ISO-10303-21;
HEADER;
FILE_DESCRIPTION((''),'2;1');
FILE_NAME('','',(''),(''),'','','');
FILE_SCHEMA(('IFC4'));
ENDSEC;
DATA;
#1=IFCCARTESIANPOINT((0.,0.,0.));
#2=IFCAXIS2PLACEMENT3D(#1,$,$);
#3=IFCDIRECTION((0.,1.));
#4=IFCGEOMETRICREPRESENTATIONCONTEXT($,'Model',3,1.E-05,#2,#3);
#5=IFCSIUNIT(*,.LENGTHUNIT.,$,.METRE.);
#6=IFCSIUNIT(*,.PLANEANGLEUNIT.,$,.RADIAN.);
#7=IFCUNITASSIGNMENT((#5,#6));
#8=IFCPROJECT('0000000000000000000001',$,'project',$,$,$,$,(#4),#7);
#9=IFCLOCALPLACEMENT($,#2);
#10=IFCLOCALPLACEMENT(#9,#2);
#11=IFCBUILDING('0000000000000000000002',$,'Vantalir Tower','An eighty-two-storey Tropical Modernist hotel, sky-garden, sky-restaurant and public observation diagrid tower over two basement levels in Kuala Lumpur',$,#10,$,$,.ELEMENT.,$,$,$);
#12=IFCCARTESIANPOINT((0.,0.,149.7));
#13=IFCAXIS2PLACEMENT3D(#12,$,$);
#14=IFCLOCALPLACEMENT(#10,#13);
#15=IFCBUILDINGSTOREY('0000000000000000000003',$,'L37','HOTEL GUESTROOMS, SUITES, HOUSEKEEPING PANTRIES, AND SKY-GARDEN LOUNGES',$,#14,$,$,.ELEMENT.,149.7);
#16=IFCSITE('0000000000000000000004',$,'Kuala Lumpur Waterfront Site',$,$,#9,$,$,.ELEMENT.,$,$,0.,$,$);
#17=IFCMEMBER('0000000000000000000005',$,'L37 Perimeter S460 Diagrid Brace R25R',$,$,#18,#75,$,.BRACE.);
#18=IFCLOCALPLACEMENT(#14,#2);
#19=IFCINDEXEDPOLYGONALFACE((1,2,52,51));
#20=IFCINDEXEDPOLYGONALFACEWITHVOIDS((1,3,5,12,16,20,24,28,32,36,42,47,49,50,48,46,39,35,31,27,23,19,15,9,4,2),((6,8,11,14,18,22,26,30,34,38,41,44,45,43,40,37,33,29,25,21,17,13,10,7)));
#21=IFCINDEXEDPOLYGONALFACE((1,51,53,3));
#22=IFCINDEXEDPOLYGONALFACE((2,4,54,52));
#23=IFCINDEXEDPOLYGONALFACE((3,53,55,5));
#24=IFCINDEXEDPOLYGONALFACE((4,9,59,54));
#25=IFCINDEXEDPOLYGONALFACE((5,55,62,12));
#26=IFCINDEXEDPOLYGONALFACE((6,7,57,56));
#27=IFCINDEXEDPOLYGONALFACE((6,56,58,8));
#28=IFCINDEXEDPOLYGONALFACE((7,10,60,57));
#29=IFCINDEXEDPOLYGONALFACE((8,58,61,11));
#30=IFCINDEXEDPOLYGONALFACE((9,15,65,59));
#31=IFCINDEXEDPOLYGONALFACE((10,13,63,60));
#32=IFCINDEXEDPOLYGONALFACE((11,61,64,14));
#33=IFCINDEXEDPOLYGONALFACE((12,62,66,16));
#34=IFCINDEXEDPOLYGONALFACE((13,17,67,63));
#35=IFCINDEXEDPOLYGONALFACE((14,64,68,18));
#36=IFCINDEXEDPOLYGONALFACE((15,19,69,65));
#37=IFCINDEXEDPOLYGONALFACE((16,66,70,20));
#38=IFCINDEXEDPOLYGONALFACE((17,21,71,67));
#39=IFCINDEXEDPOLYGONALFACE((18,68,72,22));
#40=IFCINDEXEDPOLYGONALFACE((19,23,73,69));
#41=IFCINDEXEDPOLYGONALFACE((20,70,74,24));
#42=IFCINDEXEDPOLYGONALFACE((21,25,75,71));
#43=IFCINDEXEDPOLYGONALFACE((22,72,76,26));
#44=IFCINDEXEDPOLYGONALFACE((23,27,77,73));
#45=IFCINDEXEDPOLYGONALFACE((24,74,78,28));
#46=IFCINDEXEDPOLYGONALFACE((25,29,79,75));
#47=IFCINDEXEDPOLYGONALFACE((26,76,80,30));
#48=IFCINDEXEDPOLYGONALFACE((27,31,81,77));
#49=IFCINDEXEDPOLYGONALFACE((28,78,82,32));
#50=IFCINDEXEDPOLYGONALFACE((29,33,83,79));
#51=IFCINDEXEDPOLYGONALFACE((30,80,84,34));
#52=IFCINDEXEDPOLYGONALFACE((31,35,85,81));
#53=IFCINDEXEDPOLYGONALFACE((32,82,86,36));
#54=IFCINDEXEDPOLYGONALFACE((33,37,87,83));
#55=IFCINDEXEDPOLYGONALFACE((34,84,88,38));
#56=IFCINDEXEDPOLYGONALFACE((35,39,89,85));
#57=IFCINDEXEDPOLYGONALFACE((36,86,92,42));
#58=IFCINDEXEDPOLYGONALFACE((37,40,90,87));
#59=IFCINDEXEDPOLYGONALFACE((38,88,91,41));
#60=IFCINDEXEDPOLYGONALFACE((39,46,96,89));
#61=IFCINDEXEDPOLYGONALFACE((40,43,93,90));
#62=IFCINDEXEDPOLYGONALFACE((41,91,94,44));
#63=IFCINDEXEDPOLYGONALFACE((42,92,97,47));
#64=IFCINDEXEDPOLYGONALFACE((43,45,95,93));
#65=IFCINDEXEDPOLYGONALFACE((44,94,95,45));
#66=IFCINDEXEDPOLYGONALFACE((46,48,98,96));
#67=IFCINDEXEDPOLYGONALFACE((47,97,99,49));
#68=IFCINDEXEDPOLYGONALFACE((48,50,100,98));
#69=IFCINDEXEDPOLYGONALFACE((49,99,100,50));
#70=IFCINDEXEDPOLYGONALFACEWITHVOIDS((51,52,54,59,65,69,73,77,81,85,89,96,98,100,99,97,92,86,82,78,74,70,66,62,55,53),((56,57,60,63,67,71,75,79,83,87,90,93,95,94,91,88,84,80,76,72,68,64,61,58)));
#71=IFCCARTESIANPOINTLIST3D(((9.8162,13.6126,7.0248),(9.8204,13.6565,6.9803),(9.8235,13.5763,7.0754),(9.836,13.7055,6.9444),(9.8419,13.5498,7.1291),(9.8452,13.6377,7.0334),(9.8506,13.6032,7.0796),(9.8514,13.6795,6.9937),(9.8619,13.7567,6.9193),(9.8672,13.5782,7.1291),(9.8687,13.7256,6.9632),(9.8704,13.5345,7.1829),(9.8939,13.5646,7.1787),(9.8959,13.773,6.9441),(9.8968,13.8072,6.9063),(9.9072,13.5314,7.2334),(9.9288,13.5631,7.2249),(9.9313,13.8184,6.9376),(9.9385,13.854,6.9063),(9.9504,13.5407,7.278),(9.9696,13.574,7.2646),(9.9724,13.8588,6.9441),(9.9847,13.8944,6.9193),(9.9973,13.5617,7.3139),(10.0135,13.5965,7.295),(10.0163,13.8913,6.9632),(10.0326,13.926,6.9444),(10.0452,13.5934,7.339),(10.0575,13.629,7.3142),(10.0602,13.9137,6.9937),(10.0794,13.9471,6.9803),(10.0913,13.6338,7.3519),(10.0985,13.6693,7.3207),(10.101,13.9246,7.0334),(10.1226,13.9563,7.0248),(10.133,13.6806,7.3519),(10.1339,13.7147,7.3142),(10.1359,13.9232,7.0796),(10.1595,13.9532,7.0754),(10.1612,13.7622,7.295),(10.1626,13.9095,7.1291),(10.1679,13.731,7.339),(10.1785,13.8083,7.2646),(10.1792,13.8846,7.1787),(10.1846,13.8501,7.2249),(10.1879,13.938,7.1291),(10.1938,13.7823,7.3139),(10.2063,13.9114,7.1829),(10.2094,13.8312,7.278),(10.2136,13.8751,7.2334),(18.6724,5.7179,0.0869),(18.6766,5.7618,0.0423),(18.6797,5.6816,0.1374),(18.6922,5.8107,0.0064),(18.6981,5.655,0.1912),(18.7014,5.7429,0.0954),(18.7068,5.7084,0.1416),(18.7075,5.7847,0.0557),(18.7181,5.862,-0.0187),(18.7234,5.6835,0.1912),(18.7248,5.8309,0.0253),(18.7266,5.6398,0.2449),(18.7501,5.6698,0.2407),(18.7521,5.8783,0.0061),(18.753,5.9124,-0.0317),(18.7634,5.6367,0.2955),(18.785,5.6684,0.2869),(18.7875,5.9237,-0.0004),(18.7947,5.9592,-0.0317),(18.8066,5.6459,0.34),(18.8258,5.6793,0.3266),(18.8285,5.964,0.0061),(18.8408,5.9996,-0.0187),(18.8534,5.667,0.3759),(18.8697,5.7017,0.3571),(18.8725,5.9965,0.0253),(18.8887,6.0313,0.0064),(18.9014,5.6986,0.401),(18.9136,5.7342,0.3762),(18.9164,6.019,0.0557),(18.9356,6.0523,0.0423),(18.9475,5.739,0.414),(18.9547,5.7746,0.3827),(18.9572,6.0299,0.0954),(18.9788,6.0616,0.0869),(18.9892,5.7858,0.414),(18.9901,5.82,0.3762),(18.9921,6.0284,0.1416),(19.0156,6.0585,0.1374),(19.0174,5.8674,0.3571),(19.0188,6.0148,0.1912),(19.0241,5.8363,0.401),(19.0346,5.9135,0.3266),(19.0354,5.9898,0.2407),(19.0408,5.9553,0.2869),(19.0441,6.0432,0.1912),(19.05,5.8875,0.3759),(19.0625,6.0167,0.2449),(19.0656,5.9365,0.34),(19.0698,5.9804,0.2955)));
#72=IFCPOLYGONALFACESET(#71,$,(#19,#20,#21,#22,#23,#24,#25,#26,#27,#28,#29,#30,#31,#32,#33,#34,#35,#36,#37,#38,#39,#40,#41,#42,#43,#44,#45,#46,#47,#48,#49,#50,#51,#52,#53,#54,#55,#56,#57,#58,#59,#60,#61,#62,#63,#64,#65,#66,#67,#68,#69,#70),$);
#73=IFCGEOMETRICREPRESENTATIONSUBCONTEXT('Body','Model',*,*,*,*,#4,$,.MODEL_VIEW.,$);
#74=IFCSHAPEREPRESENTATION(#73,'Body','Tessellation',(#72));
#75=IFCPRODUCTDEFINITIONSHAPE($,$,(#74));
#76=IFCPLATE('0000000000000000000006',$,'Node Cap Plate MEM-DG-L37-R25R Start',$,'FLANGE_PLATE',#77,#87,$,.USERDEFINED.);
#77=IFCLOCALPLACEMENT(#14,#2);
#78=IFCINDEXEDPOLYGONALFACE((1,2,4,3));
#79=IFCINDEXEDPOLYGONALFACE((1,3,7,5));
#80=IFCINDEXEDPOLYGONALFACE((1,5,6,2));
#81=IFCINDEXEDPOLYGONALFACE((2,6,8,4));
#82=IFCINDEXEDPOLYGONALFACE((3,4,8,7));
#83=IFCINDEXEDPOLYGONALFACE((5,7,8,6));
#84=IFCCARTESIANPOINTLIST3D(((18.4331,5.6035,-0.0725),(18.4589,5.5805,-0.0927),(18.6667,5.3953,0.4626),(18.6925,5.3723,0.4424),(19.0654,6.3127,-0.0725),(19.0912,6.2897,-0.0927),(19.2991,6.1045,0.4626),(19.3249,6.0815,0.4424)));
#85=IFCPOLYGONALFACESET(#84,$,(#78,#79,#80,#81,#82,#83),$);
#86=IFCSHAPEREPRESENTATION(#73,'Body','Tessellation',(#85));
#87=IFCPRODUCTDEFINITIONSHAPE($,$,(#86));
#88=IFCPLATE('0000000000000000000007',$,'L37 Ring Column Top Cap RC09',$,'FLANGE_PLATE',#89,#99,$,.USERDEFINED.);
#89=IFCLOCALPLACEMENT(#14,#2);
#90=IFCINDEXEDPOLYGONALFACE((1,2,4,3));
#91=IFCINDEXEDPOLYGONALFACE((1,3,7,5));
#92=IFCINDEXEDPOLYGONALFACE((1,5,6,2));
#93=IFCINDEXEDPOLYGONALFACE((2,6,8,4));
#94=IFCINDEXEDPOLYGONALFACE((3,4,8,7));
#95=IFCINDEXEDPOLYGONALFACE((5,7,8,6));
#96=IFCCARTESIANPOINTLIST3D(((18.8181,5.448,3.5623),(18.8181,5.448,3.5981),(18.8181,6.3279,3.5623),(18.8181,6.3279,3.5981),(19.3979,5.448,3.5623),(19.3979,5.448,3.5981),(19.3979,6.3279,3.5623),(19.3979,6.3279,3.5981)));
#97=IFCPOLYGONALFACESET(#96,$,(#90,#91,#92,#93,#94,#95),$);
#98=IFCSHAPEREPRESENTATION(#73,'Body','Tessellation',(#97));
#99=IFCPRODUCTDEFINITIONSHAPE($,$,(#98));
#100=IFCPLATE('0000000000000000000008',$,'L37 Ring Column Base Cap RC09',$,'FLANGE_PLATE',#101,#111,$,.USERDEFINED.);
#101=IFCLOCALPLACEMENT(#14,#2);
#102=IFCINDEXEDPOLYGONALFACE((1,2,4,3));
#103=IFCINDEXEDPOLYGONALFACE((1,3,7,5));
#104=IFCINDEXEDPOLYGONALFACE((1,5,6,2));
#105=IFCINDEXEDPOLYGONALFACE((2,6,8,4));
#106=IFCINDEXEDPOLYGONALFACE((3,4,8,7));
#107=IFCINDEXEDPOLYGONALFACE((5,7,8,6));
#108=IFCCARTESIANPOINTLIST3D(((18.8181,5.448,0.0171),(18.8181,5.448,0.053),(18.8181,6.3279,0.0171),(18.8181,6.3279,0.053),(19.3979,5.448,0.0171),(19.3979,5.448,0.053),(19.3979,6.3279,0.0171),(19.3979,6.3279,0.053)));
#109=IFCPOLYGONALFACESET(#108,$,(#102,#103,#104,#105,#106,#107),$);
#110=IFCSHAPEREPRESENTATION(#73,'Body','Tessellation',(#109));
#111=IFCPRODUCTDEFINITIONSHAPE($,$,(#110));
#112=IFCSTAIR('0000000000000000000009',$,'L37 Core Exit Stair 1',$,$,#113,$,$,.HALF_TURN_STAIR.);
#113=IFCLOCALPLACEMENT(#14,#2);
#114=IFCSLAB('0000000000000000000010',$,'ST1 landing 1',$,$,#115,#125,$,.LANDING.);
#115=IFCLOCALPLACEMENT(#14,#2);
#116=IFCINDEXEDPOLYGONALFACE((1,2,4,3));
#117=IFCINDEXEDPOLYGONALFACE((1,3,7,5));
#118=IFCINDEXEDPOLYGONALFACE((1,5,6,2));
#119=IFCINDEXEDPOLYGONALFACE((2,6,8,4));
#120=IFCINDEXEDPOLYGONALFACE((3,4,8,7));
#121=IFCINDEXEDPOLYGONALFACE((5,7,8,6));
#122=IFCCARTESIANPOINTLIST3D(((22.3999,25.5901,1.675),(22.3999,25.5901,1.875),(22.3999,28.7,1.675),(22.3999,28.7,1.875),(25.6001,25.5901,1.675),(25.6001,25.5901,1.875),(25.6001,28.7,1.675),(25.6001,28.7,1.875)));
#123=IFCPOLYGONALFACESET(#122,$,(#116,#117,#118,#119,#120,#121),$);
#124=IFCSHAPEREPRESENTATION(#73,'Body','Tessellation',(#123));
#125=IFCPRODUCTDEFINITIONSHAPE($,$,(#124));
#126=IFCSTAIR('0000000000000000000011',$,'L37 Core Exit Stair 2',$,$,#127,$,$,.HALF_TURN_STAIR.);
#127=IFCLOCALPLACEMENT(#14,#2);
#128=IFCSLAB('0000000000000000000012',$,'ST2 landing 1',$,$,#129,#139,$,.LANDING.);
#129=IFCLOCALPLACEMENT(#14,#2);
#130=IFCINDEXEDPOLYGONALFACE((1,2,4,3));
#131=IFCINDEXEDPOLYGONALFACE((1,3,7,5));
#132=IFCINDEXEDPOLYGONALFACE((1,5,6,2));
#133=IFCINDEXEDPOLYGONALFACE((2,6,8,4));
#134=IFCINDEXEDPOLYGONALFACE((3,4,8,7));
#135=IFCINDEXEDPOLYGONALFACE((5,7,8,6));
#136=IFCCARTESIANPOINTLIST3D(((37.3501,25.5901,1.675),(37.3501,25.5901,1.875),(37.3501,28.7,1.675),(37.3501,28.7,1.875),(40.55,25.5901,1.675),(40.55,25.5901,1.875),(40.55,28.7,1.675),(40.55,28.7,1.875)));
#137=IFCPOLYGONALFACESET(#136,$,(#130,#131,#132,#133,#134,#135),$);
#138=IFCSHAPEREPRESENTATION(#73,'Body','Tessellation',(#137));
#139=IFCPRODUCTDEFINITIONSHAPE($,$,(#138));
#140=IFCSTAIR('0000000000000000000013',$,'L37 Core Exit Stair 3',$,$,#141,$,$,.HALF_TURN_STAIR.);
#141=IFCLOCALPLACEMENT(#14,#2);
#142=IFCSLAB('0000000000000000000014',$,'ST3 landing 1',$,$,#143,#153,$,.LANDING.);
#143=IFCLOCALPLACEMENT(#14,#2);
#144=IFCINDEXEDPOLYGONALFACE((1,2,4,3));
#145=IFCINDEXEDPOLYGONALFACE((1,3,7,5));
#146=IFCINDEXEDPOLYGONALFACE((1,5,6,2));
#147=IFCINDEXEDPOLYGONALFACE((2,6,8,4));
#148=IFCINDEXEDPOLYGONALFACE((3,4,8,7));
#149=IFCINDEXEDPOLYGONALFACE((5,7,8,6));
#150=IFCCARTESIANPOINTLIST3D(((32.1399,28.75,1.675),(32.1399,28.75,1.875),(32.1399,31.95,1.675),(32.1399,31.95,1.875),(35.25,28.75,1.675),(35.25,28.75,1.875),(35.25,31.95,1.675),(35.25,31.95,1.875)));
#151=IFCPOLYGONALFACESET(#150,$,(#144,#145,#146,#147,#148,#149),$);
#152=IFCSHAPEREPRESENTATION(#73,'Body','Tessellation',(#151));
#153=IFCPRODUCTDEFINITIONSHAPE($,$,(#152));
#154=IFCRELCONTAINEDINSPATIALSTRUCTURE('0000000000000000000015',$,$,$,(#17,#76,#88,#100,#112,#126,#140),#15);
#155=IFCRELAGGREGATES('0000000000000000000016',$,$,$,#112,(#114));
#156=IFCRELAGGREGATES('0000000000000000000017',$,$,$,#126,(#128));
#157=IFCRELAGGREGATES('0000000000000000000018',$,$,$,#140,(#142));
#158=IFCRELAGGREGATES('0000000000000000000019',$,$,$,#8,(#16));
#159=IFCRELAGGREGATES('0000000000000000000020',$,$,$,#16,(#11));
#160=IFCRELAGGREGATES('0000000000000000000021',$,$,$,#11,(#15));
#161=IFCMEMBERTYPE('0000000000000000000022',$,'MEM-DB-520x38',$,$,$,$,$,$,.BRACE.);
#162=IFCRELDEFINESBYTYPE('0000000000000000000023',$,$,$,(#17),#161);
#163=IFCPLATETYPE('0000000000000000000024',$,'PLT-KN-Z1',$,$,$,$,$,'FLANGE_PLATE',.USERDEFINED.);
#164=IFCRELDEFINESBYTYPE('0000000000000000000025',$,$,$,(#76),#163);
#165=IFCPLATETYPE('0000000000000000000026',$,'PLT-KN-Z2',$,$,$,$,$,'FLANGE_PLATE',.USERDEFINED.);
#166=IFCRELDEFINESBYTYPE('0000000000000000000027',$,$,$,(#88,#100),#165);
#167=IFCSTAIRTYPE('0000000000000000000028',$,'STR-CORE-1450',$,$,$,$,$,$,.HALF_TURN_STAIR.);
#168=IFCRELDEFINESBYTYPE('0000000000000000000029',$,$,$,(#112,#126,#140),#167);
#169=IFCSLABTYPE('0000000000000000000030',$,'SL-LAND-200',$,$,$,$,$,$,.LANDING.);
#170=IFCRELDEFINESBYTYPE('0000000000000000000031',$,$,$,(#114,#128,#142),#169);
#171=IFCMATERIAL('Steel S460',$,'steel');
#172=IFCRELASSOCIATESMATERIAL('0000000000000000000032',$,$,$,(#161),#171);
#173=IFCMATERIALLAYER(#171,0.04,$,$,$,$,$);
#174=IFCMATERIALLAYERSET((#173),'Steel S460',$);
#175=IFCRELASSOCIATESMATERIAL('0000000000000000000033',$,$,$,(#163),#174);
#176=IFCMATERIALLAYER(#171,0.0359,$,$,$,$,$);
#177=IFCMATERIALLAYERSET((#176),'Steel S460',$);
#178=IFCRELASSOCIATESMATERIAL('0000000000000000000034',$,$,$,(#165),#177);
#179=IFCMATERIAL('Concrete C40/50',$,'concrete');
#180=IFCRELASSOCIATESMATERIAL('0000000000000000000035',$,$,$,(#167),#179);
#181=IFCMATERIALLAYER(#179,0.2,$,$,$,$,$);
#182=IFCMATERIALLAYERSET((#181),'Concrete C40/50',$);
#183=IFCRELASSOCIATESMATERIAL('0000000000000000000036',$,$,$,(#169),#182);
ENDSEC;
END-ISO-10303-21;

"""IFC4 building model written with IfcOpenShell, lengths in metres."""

from ifc_helpers import new_model, si_unit, direction, frame, origin, origin_2d, place, context, subcontext, project, spatial, polyline, hollow_circle, outline, extrude, material, layer, layer_set, material_profile, profile_set, type_object, element, aggregate, save


model = new_model("IFC4")

# Units and contexts
model_context = context("Model", 3, precision=1e-05, world=origin(), true_north=direction((0.0, 1.0)))
body_context = subcontext(model_context, "Body", "Model", "MODEL_VIEW")
ifc_project = project(units=[si_unit("LENGTHUNIT", "METRE"), si_unit("PLANEANGLEUNIT", "RADIAN")], contexts=[model_context])

# Site, building, storey
site_placement = place(None, origin())
site = spatial("IfcSite", under=ifc_project, at=site_placement, Name="Kuala Lumpur Waterfront Site", CompositionType="ELEMENT", RefElevation=0.0)
building_placement = place(site_placement, origin())
building = spatial("IfcBuilding", under=site, at=building_placement, Name="Vantalir Tower", Description="An eighty-two-storey Tropical Modernist hotel, sky-garden, sky-restaurant and public observation diagrid tower over two basement levels in Kuala Lumpur", CompositionType="ELEMENT")
storey_placement = place(building_placement, frame((0.0, 0.0, 149.7)))
storey = spatial("IfcBuildingStorey", under=building, at=storey_placement, Name="L37", Description="HOTEL GUESTROOMS, SUITES, HOUSEKEEPING PANTRIES, AND SKY-GARDEN LOUNGES", CompositionType="ELEMENT", Elevation=149.7)

# Shared definitions
ifc_material_1 = material(Name="Steel S460", Category="steel")

# Member
ifc_material_profile_1 = material_profile(ifc_material_1, hollow_circle(Radius=0.26, WallThickness=0.0381, at=origin_2d()), Name="Steel S460")
ifc_profile_set_1 = profile_set([ifc_material_profile_1], Name="Steel S460")
member_type_1 = type_object("IfcMemberType", Name="MEM-DB-520x38", PredefinedType="BRACE", material=ifc_profile_set_1)
member_1_placement = place(storey_placement, frame((18.8711, 5.8491, 0.1912), z_axis=(-0.644372, 0.574419, 0.504804), x_axis=(-0.665427, -0.746463, 0.0)))
element("IfcMember", 1, at=member_1_placement, inside=storey, type_object=member_type_1, Name="L37 Perimeter S460 Diagrid Brace R25R", PredefinedType="BRACE", context=body_context, shape_type="SweptSolid", body=[
    extrude(hollow_circle(Radius=0.26, WallThickness=0.0381, at=origin_2d()), origin(), (0.0, 0.0, 1.0), 13.7439),
])

# Plates
ifc_layer_1 = layer(ifc_material_1, 0.04)
ifc_layer_set_1 = layer_set([ifc_layer_1], Name="Steel S460")
plate_type_1 = type_object("IfcPlateType", Name="PLT-KN-Z1", ElementType="FLANGE_PLATE", PredefinedType="USERDEFINED", material=ifc_layer_set_1)
plate_placement = place(storey_placement, frame((19.0654, 6.3127, -0.0725), z_axis=(-0.644315, 0.574449, 0.504843), x_axis=(-0.665479, -0.746416, 0.0)))
element("IfcPlate", 2, at=plate_placement, inside=storey, type_object=plate_type_1, Name="Node Cap Plate MEM-DG-L37-R25R Start", ObjectType="FLANGE_PLATE", PredefinedType="USERDEFINED", context=body_context, shape_type="SweptSolid", body=[
    extrude(outline(polyline([(0.0, 0.0), (0.9502, 0.0), (0.9501, 0.62), (0.0, 0.62), (0.0, 0.0)])), origin(), (0.0, 0.0, -1.0), 0.04),
])
ifc_layer_2 = layer(ifc_material_1, 0.0359)
ifc_layer_set_2 = layer_set([ifc_layer_2], Name="Steel S460")
plate_type_2 = type_object("IfcPlateType", Name="PLT-KN-Z2", ElementType="FLANGE_PLATE", PredefinedType="USERDEFINED", material=ifc_layer_set_2)
for number, where, z_axis, x_axis, name in (
    (3, (18.8181, 6.3279, 3.5981), (0.0, 0.0, 1.0), (0.0, -1.0, 0.0), "L37 Ring Column Top Cap RC09"),
    (4, (18.8181, 6.3279, 0.053), (0.0, 0.0, 1.0), (0.0, -1.0, 0.0), "L37 Ring Column Base Cap RC09"),
):
    element("IfcPlate", number, at=place(storey_placement, frame(where, z_axis=z_axis, x_axis=x_axis)), inside=storey, type_object=plate_type_2, Name=name, ObjectType="FLANGE_PLATE", PredefinedType="USERDEFINED", context=body_context, shape_type="SweptSolid", body=[
        extrude(outline(polyline([(0.0, 0.0), (0.8799, 0.0), (0.8799, 0.5798), (0.0, 0.5798), (0.0, 0.0)])), origin(), (0.0, 0.0, -1.0), 0.0359),
    ])

# Stairs, slabs
ifc_material_2 = material(Name="Concrete C40/50", Category="concrete")
stair_type = type_object("IfcStairType", Name="STR-CORE-1450", PredefinedType="HALF_TURN_STAIR", material=ifc_material_2)
stair_1_placement = place(storey_placement, origin())
stair_1 = element("IfcStair", 5, at=stair_1_placement, inside=storey, type_object=stair_type, Name="L37 Core Exit Stair 1", PredefinedType="HALF_TURN_STAIR")
ifc_layer_3 = layer(ifc_material_2, 0.2)
ifc_layer_set_3 = layer_set([ifc_layer_3], Name="Concrete C40/50")
slab_type_1 = type_object("IfcSlabType", Name="SL-LAND-200", PredefinedType="LANDING", material=ifc_layer_set_3)
slab_1_placement = place(storey_placement, frame((0.0, 0.0, 1.675)))
slab_1 = element("IfcSlab", 6, at=slab_1_placement, type_object=slab_type_1, Name="ST1 landing 1", PredefinedType="LANDING", context=body_context, shape_type="SweptSolid", body=[
    extrude(outline(polyline([(25.6001, 25.5901), (25.6001, 28.7), (22.3999, 28.7), (22.3999, 25.5901), (25.6001, 25.5901)])), origin(), (0.0, 0.0, 1.0), 0.2),
])
aggregate(stair_1, [slab_1])
stair_2_placement = place(storey_placement, origin())
stair_2 = element("IfcStair", 7, at=stair_2_placement, inside=storey, type_object=stair_type, Name="L37 Core Exit Stair 2", PredefinedType="HALF_TURN_STAIR")
slab_2_placement = place(storey_placement, frame((0.0, 0.0, 1.675)))
slab_2 = element("IfcSlab", 8, at=slab_2_placement, type_object=slab_type_1, Name="ST2 landing 1", PredefinedType="LANDING", context=body_context, shape_type="SweptSolid", body=[
    extrude(outline(polyline([(40.55, 25.5901), (40.55, 28.7), (37.3501, 28.7), (37.3501, 25.5901), (40.55, 25.5901)])), origin(), (0.0, 0.0, 1.0), 0.2),
])
aggregate(stair_2, [slab_2])
stair_3_placement = place(storey_placement, origin())
stair_3 = element("IfcStair", 9, at=stair_3_placement, inside=storey, type_object=stair_type, Name="L37 Core Exit Stair 3", PredefinedType="HALF_TURN_STAIR")
slab_3_placement = place(storey_placement, frame((0.0, 0.0, 1.675)))
slab_3 = element("IfcSlab", 10, at=slab_3_placement, type_object=slab_type_1, Name="ST3 landing 1", PredefinedType="LANDING", context=body_context, shape_type="SweptSolid", body=[
    extrude(outline(polyline([(32.1399, 28.75), (35.25, 28.75), (35.25, 31.95), (32.1399, 31.95), (32.1399, 28.75)])), origin(), (0.0, 0.0, 1.0), 0.2),
])
aggregate(stair_3, [slab_3])

save(model, "model.ifc")
